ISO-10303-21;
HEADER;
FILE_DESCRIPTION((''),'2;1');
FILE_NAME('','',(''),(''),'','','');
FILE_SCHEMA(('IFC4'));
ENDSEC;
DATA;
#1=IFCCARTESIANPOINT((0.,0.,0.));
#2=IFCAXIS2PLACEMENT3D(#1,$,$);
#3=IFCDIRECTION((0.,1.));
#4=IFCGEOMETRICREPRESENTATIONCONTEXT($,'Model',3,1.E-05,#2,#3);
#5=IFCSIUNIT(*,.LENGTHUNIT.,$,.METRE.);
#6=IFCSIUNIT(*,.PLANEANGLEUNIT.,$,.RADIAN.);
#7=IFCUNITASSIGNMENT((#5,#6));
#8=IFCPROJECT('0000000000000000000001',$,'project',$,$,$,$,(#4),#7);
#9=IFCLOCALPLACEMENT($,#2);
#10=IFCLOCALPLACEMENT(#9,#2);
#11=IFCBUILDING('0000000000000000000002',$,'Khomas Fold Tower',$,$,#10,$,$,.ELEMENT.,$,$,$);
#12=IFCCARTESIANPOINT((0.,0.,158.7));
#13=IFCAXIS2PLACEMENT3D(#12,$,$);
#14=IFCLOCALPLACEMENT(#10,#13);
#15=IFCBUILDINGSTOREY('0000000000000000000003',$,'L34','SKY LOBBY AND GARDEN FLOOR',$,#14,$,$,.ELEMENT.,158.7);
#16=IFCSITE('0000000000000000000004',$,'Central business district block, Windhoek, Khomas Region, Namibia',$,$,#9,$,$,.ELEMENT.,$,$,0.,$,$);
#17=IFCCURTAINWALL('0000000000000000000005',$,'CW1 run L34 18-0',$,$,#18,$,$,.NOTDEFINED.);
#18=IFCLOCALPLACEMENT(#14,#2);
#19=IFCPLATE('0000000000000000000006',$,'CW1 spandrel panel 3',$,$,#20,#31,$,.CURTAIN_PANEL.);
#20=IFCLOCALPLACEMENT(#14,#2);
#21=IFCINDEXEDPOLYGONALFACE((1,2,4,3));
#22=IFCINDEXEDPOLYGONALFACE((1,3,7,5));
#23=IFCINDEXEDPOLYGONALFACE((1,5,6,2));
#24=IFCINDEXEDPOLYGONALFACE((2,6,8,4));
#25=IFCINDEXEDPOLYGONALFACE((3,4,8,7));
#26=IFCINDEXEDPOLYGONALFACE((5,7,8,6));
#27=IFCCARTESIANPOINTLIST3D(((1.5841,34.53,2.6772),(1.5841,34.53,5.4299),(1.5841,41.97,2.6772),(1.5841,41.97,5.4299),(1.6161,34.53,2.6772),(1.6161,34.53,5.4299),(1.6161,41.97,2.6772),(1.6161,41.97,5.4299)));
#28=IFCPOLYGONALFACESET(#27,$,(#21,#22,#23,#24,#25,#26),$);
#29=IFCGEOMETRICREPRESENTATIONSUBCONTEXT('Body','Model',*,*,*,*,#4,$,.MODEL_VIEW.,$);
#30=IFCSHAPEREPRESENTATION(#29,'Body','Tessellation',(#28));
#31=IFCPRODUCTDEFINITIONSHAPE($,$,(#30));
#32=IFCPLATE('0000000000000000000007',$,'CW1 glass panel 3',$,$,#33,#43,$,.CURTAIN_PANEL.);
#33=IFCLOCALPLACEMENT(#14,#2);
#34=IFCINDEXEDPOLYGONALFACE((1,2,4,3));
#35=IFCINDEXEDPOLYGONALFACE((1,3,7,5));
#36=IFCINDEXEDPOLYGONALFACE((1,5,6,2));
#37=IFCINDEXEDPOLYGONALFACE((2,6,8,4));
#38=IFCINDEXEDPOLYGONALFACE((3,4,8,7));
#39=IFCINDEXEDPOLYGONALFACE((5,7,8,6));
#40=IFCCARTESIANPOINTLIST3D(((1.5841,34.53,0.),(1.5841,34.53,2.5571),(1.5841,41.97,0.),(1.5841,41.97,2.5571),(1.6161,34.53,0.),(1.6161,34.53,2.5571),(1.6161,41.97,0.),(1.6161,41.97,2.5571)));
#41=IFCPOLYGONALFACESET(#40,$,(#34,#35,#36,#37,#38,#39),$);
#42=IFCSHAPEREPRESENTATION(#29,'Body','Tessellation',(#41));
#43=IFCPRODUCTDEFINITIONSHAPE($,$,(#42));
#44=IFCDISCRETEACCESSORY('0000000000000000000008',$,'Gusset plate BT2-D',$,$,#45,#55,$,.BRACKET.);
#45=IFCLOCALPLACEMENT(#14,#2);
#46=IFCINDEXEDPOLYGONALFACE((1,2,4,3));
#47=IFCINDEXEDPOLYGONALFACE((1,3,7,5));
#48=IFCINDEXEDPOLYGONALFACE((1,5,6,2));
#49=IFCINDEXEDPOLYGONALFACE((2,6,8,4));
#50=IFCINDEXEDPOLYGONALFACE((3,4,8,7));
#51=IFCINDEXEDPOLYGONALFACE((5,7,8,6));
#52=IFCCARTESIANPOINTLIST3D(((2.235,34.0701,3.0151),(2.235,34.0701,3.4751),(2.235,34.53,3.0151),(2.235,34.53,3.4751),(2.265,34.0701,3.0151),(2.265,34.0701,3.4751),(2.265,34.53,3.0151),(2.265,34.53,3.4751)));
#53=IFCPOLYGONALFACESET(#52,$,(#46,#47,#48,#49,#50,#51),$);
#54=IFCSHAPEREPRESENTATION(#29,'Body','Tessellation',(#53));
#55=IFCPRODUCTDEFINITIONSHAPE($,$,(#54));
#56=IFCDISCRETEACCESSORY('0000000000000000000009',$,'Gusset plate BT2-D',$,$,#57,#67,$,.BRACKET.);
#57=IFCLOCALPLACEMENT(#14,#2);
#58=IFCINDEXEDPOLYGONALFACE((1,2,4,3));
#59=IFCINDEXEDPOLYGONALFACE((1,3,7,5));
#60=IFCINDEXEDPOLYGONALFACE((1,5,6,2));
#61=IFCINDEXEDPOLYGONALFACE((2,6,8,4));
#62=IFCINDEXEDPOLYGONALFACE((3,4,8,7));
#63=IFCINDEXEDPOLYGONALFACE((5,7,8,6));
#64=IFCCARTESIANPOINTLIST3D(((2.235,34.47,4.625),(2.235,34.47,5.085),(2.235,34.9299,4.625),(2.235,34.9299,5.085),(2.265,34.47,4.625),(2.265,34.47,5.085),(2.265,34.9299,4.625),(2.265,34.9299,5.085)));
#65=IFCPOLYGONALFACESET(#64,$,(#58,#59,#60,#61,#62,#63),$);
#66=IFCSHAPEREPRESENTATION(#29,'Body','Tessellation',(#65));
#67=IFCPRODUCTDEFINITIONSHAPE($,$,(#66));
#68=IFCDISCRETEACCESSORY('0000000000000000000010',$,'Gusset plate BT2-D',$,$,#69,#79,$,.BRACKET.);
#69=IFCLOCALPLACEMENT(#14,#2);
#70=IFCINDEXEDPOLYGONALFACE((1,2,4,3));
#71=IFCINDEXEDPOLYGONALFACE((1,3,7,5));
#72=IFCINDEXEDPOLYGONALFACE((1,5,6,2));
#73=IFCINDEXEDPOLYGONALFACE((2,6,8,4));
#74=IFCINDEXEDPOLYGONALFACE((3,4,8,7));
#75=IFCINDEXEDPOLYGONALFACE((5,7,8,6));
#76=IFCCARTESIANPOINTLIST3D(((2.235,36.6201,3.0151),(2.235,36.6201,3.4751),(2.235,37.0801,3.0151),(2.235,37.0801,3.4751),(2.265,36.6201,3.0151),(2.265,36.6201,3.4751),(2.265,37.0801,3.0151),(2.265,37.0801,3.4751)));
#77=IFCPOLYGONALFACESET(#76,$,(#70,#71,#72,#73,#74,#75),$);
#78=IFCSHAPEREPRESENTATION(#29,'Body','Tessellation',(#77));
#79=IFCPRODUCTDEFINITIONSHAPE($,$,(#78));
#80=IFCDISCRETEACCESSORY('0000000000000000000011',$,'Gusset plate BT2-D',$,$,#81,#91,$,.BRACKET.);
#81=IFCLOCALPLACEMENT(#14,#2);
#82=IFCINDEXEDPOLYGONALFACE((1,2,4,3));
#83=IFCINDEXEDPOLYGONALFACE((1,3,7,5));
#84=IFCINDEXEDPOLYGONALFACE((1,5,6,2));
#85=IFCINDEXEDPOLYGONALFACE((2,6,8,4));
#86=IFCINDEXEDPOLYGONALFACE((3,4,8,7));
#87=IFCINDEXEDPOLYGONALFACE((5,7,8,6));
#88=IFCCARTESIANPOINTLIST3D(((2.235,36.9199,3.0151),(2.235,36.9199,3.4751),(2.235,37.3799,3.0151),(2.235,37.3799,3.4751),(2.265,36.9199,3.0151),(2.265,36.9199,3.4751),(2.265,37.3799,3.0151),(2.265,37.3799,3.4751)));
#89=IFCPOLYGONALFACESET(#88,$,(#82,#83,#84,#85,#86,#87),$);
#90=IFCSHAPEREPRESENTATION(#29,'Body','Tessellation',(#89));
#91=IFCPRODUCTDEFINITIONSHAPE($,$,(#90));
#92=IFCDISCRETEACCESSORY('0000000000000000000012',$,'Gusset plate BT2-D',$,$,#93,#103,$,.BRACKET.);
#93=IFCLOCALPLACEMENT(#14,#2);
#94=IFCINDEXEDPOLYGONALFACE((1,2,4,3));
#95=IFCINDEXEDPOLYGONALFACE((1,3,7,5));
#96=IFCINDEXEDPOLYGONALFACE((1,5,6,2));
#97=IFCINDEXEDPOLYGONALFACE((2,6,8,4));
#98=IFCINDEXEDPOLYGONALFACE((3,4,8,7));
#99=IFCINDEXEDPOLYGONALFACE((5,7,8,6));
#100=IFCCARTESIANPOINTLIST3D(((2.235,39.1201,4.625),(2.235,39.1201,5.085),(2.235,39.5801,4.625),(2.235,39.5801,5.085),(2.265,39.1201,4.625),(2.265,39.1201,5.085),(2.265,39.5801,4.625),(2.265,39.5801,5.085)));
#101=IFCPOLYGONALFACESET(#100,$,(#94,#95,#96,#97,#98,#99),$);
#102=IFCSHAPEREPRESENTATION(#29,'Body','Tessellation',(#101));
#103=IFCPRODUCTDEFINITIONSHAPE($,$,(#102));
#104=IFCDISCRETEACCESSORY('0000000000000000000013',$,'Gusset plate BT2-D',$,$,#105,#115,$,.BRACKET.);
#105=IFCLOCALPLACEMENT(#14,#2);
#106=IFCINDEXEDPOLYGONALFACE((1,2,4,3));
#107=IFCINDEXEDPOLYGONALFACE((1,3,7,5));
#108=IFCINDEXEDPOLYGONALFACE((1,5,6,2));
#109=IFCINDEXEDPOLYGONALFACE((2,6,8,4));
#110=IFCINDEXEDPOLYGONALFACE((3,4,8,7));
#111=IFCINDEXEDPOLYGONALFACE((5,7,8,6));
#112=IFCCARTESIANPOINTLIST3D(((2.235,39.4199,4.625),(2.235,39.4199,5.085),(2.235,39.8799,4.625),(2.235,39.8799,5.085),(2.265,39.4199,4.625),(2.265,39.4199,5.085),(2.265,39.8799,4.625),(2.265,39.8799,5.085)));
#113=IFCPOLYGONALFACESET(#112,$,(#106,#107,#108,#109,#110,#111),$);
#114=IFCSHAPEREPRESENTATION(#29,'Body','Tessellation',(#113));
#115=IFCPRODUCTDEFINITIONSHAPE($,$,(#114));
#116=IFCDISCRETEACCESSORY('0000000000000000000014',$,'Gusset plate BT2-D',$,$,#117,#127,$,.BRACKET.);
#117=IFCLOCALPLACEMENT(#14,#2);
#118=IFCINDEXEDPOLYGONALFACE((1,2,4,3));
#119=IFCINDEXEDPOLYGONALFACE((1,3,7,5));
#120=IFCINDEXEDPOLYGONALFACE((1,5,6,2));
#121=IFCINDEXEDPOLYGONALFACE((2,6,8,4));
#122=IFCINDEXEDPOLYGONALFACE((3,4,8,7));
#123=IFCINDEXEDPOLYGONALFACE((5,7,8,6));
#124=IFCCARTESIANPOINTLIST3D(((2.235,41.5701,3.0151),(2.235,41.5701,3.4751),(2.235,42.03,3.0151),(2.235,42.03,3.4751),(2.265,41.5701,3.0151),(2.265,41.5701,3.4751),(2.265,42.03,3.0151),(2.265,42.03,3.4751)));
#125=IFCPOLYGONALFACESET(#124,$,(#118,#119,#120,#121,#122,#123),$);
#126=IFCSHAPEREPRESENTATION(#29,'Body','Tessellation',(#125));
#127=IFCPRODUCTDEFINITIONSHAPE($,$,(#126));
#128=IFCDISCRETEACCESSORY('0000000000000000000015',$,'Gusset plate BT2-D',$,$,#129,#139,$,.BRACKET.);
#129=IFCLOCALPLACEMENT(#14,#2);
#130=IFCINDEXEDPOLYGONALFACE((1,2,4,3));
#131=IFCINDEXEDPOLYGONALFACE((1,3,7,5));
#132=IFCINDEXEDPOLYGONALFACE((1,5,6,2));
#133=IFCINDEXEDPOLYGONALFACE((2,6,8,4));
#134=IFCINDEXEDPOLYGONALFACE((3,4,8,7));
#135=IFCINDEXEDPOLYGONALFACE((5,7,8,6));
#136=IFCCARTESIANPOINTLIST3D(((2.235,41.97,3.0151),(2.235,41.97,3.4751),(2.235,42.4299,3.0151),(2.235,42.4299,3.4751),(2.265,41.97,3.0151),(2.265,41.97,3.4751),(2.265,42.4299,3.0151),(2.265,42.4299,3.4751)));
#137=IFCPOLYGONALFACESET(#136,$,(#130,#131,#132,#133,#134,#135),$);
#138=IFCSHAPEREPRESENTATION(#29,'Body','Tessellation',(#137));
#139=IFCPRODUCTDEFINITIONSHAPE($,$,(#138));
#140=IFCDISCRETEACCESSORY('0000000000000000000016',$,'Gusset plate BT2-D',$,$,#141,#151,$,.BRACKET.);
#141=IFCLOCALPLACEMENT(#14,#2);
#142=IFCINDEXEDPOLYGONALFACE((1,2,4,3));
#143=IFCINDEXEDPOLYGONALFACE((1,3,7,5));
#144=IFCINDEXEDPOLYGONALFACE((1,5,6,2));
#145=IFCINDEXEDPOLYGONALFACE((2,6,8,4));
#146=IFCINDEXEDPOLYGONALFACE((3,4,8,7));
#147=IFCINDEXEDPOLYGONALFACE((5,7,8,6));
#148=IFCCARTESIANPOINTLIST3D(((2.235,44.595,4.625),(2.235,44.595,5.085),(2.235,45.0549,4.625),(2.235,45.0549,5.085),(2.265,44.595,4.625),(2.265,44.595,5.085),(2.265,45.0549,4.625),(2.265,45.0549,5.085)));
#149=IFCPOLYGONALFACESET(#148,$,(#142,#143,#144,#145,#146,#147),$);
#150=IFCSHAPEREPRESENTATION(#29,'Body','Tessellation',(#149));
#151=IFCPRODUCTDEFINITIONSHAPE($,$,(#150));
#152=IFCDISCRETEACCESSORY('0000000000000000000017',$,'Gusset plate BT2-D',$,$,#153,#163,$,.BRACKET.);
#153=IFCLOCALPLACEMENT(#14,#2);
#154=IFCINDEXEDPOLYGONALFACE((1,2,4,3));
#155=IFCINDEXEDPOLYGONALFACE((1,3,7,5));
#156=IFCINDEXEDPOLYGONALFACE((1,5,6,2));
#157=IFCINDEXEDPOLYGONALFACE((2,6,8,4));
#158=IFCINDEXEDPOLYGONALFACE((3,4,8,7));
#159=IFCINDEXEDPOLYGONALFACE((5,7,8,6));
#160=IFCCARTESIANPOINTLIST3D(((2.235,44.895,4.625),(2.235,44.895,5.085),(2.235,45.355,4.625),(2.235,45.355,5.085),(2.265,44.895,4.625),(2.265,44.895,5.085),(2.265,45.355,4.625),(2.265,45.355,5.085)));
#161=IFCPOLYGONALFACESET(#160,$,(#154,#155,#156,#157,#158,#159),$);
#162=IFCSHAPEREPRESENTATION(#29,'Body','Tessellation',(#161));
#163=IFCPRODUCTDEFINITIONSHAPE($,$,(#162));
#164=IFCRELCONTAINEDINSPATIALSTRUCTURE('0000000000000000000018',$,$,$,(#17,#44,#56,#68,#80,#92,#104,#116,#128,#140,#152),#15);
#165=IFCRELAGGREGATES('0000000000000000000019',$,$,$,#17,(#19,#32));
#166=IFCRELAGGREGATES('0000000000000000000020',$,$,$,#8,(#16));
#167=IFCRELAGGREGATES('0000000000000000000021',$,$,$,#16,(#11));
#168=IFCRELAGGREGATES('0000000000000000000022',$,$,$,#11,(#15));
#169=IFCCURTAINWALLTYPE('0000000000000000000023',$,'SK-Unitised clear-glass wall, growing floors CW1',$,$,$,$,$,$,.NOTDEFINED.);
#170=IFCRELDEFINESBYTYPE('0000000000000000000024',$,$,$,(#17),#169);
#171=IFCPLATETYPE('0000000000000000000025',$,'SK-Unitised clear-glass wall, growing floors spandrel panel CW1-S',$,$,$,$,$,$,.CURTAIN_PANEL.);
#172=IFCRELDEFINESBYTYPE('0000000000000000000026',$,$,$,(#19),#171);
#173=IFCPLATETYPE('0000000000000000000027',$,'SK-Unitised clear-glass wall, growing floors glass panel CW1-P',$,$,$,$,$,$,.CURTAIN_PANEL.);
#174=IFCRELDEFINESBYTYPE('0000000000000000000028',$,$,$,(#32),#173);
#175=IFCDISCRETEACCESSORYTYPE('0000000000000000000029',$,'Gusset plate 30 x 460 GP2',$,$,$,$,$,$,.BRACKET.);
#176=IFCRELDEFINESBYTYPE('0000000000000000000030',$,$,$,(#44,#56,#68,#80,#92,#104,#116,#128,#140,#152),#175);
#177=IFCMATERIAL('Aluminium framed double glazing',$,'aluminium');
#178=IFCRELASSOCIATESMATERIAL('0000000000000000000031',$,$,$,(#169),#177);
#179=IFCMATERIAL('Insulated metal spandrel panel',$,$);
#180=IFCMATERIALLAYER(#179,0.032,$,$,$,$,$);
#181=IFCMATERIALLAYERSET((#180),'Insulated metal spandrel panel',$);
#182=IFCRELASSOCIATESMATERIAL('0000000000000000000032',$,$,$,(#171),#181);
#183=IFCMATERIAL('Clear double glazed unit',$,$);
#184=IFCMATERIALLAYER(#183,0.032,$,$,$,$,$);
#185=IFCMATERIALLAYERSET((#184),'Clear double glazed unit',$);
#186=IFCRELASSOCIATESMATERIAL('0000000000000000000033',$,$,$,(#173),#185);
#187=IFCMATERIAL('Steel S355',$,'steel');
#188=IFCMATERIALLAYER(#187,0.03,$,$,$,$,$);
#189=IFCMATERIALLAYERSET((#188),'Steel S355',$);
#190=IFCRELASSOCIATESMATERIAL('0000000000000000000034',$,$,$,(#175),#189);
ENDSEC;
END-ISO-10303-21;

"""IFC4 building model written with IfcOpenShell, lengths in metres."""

from ifc_helpers import new_model, si_unit, direction, frame, origin, origin_2d, place, context, subcontext, project, spatial, rectangle, extrude, source, transform, mapped, material, layer, layer_set, type_object, element, aggregate, save


model = new_model("IFC4")

# Units and contexts
model_context = context("Model", 3, precision=1e-05, world=origin(), true_north=direction((0.0, 1.0)))
body_context = subcontext(model_context, "Body", "Model", "MODEL_VIEW")
ifc_project = project(units=[si_unit("LENGTHUNIT", "METRE"), si_unit("PLANEANGLEUNIT", "RADIAN")], contexts=[model_context])

# Site, building, storey
site_placement = place(None, origin())
site = spatial("IfcSite", under=ifc_project, at=site_placement, Name="Central business district block, Windhoek, Khomas Region, Namibia", CompositionType="ELEMENT", RefElevation=0.0)
building_placement = place(site_placement, origin())
building = spatial("IfcBuilding", under=site, at=building_placement, Name="Khomas Fold Tower", CompositionType="ELEMENT")
storey_placement = place(building_placement, frame((0.0, 0.0, 158.7)))
storey = spatial("IfcBuildingStorey", under=building, at=storey_placement, Name="L34", Description="SKY LOBBY AND GARDEN FLOOR", CompositionType="ELEMENT", Elevation=158.7)

# Curtain wall, plates
ifc_material_1 = material(Name="Aluminium framed double glazing", Category="aluminium")
curtain_wall_type = type_object("IfcCurtainWallType", Name="SK-Unitised clear-glass wall, growing floors CW1", PredefinedType="NOTDEFINED", material=ifc_material_1)
curtain_wall_placement = place(storey_placement, origin())
curtain_wall = element("IfcCurtainWall", 1, at=curtain_wall_placement, inside=storey, type_object=curtain_wall_type, Name="CW1 run L34 18-0", PredefinedType="NOTDEFINED")
ifc_material_2 = material(Name="Insulated metal spandrel panel")
ifc_layer_1 = layer(ifc_material_2, 0.032)
ifc_layer_set_1 = layer_set([ifc_layer_1], Name="Insulated metal spandrel panel")
plate_type_1 = type_object("IfcPlateType", Name="SK-Unitised clear-glass wall, growing floors spandrel panel CW1-S", PredefinedType="CURTAIN_PANEL", material=ifc_layer_set_1)
ifc_material_3 = material(Name="Clear double glazed unit")
ifc_layer_2 = layer(ifc_material_3, 0.032)
ifc_layer_set_2 = layer_set([ifc_layer_2], Name="Clear double glazed unit")
plate_type_2 = type_object("IfcPlateType", Name="SK-Unitised clear-glass wall, growing floors glass panel CW1-P", PredefinedType="CURTAIN_PANEL", material=ifc_layer_set_2)
shared_shape_1 = source(origin(), body_context, "Body", "SweptSolid", [
    extrude(rectangle(XDim=7.4399, YDim=0.032, at=origin_2d()), origin(), (0.0, 0.0, 1.0), 2.7527),
])
plate_1_placement = place(storey_placement, frame((1.6001, 38.25, 2.6772), z_axis=(0.0, 0.0, 1.0), x_axis=(0.0, -1.0, 0.0)))
plate_1 = element("IfcPlate", 2, at=plate_1_placement, type_object=plate_type_1, Name="CW1 spandrel panel 3", PredefinedType="CURTAIN_PANEL", context=body_context, shape_type="MappedRepresentation", body=[
    mapped(shared_shape_1, transform((0.0, 0.0, 0.0))),
])
shared_shape_2 = source(origin(), body_context, "Body", "SweptSolid", [
    extrude(rectangle(XDim=7.4399, YDim=0.032, at=origin_2d()), origin(), (0.0, 0.0, 1.0), 2.5571),
])
plate_2_placement = place(storey_placement, frame((1.6001, 38.25, 0.0), z_axis=(0.0, 0.0, 1.0), x_axis=(0.0, -1.0, 0.0)))
plate_2 = element("IfcPlate", 3, at=plate_2_placement, type_object=plate_type_2, Name="CW1 glass panel 3", PredefinedType="CURTAIN_PANEL", context=body_context, shape_type="MappedRepresentation", body=[
    mapped(shared_shape_2, transform((0.0, 0.0, 0.0))),
])
aggregate(curtain_wall, [plate_1, plate_2])

# Discrete accessories
ifc_material_4 = material(Name="Steel S355", Category="steel")
ifc_layer_3 = layer(ifc_material_4, 0.03)
ifc_layer_set_3 = layer_set([ifc_layer_3], Name="Steel S355")
discrete_accessory_type = type_object("IfcDiscreteAccessoryType", Name="Gusset plate 30 x 460 GP2", PredefinedType="BRACKET", material=ifc_layer_set_3)
shared_shape_3 = source(origin(), body_context, "Body", "SweptSolid", [
    extrude(rectangle(XDim=0.46, YDim=0.03, at=origin_2d()), origin(), (0.0, 0.0, 1.0), 0.46),
])
for number, where, z_axis, x_axis, name in (
    (4, (2.25, 34.3, 3.0151), (0.0, 0.0, 1.0), (0.0, 1.0, 0.0), "Gusset plate BT2-D"),
    (5, (2.25, 34.7, 4.625), (0.0, 0.0, 1.0), (0.0, 1.0, 0.0), "Gusset plate BT2-D"),
    (6, (2.25, 36.8501, 3.0151), (0.0, 0.0, 1.0), (0.0, 1.0, 0.0), "Gusset plate BT2-D"),
    (7, (2.25, 37.1499, 3.0151), (0.0, 0.0, 1.0), (0.0, 1.0, 0.0), "Gusset plate BT2-D"),
    (8, (2.25, 39.3501, 4.625), (0.0, 0.0, 1.0), (0.0, 1.0, 0.0), "Gusset plate BT2-D"),
    (9, (2.25, 39.6499, 4.625), (0.0, 0.0, 1.0), (0.0, 1.0, 0.0), "Gusset plate BT2-D"),
    (10, (2.25, 41.8, 3.0151), (0.0, 0.0, 1.0), (0.0, 1.0, 0.0), "Gusset plate BT2-D"),
    (11, (2.25, 42.2, 3.0151), (0.0, 0.0, 1.0), (0.0, 1.0, 0.0), "Gusset plate BT2-D"),
    (12, (2.25, 44.825, 4.625), (0.0, 0.0, 1.0), (0.0, 1.0, 0.0), "Gusset plate BT2-D"),
    (13, (2.25, 45.125, 4.625), (0.0, 0.0, 1.0), (0.0, 1.0, 0.0), "Gusset plate BT2-D"),
):
    element("IfcDiscreteAccessory", number, at=place(storey_placement, frame(where, z_axis=z_axis, x_axis=x_axis)), inside=storey, type_object=discrete_accessory_type, Name=name, PredefinedType="BRACKET", context=body_context, shape_type="MappedRepresentation", body=[
        mapped(shared_shape_3, transform((0.0, 0.0, 0.0))),
    ])

save(model, "model.ifc")
